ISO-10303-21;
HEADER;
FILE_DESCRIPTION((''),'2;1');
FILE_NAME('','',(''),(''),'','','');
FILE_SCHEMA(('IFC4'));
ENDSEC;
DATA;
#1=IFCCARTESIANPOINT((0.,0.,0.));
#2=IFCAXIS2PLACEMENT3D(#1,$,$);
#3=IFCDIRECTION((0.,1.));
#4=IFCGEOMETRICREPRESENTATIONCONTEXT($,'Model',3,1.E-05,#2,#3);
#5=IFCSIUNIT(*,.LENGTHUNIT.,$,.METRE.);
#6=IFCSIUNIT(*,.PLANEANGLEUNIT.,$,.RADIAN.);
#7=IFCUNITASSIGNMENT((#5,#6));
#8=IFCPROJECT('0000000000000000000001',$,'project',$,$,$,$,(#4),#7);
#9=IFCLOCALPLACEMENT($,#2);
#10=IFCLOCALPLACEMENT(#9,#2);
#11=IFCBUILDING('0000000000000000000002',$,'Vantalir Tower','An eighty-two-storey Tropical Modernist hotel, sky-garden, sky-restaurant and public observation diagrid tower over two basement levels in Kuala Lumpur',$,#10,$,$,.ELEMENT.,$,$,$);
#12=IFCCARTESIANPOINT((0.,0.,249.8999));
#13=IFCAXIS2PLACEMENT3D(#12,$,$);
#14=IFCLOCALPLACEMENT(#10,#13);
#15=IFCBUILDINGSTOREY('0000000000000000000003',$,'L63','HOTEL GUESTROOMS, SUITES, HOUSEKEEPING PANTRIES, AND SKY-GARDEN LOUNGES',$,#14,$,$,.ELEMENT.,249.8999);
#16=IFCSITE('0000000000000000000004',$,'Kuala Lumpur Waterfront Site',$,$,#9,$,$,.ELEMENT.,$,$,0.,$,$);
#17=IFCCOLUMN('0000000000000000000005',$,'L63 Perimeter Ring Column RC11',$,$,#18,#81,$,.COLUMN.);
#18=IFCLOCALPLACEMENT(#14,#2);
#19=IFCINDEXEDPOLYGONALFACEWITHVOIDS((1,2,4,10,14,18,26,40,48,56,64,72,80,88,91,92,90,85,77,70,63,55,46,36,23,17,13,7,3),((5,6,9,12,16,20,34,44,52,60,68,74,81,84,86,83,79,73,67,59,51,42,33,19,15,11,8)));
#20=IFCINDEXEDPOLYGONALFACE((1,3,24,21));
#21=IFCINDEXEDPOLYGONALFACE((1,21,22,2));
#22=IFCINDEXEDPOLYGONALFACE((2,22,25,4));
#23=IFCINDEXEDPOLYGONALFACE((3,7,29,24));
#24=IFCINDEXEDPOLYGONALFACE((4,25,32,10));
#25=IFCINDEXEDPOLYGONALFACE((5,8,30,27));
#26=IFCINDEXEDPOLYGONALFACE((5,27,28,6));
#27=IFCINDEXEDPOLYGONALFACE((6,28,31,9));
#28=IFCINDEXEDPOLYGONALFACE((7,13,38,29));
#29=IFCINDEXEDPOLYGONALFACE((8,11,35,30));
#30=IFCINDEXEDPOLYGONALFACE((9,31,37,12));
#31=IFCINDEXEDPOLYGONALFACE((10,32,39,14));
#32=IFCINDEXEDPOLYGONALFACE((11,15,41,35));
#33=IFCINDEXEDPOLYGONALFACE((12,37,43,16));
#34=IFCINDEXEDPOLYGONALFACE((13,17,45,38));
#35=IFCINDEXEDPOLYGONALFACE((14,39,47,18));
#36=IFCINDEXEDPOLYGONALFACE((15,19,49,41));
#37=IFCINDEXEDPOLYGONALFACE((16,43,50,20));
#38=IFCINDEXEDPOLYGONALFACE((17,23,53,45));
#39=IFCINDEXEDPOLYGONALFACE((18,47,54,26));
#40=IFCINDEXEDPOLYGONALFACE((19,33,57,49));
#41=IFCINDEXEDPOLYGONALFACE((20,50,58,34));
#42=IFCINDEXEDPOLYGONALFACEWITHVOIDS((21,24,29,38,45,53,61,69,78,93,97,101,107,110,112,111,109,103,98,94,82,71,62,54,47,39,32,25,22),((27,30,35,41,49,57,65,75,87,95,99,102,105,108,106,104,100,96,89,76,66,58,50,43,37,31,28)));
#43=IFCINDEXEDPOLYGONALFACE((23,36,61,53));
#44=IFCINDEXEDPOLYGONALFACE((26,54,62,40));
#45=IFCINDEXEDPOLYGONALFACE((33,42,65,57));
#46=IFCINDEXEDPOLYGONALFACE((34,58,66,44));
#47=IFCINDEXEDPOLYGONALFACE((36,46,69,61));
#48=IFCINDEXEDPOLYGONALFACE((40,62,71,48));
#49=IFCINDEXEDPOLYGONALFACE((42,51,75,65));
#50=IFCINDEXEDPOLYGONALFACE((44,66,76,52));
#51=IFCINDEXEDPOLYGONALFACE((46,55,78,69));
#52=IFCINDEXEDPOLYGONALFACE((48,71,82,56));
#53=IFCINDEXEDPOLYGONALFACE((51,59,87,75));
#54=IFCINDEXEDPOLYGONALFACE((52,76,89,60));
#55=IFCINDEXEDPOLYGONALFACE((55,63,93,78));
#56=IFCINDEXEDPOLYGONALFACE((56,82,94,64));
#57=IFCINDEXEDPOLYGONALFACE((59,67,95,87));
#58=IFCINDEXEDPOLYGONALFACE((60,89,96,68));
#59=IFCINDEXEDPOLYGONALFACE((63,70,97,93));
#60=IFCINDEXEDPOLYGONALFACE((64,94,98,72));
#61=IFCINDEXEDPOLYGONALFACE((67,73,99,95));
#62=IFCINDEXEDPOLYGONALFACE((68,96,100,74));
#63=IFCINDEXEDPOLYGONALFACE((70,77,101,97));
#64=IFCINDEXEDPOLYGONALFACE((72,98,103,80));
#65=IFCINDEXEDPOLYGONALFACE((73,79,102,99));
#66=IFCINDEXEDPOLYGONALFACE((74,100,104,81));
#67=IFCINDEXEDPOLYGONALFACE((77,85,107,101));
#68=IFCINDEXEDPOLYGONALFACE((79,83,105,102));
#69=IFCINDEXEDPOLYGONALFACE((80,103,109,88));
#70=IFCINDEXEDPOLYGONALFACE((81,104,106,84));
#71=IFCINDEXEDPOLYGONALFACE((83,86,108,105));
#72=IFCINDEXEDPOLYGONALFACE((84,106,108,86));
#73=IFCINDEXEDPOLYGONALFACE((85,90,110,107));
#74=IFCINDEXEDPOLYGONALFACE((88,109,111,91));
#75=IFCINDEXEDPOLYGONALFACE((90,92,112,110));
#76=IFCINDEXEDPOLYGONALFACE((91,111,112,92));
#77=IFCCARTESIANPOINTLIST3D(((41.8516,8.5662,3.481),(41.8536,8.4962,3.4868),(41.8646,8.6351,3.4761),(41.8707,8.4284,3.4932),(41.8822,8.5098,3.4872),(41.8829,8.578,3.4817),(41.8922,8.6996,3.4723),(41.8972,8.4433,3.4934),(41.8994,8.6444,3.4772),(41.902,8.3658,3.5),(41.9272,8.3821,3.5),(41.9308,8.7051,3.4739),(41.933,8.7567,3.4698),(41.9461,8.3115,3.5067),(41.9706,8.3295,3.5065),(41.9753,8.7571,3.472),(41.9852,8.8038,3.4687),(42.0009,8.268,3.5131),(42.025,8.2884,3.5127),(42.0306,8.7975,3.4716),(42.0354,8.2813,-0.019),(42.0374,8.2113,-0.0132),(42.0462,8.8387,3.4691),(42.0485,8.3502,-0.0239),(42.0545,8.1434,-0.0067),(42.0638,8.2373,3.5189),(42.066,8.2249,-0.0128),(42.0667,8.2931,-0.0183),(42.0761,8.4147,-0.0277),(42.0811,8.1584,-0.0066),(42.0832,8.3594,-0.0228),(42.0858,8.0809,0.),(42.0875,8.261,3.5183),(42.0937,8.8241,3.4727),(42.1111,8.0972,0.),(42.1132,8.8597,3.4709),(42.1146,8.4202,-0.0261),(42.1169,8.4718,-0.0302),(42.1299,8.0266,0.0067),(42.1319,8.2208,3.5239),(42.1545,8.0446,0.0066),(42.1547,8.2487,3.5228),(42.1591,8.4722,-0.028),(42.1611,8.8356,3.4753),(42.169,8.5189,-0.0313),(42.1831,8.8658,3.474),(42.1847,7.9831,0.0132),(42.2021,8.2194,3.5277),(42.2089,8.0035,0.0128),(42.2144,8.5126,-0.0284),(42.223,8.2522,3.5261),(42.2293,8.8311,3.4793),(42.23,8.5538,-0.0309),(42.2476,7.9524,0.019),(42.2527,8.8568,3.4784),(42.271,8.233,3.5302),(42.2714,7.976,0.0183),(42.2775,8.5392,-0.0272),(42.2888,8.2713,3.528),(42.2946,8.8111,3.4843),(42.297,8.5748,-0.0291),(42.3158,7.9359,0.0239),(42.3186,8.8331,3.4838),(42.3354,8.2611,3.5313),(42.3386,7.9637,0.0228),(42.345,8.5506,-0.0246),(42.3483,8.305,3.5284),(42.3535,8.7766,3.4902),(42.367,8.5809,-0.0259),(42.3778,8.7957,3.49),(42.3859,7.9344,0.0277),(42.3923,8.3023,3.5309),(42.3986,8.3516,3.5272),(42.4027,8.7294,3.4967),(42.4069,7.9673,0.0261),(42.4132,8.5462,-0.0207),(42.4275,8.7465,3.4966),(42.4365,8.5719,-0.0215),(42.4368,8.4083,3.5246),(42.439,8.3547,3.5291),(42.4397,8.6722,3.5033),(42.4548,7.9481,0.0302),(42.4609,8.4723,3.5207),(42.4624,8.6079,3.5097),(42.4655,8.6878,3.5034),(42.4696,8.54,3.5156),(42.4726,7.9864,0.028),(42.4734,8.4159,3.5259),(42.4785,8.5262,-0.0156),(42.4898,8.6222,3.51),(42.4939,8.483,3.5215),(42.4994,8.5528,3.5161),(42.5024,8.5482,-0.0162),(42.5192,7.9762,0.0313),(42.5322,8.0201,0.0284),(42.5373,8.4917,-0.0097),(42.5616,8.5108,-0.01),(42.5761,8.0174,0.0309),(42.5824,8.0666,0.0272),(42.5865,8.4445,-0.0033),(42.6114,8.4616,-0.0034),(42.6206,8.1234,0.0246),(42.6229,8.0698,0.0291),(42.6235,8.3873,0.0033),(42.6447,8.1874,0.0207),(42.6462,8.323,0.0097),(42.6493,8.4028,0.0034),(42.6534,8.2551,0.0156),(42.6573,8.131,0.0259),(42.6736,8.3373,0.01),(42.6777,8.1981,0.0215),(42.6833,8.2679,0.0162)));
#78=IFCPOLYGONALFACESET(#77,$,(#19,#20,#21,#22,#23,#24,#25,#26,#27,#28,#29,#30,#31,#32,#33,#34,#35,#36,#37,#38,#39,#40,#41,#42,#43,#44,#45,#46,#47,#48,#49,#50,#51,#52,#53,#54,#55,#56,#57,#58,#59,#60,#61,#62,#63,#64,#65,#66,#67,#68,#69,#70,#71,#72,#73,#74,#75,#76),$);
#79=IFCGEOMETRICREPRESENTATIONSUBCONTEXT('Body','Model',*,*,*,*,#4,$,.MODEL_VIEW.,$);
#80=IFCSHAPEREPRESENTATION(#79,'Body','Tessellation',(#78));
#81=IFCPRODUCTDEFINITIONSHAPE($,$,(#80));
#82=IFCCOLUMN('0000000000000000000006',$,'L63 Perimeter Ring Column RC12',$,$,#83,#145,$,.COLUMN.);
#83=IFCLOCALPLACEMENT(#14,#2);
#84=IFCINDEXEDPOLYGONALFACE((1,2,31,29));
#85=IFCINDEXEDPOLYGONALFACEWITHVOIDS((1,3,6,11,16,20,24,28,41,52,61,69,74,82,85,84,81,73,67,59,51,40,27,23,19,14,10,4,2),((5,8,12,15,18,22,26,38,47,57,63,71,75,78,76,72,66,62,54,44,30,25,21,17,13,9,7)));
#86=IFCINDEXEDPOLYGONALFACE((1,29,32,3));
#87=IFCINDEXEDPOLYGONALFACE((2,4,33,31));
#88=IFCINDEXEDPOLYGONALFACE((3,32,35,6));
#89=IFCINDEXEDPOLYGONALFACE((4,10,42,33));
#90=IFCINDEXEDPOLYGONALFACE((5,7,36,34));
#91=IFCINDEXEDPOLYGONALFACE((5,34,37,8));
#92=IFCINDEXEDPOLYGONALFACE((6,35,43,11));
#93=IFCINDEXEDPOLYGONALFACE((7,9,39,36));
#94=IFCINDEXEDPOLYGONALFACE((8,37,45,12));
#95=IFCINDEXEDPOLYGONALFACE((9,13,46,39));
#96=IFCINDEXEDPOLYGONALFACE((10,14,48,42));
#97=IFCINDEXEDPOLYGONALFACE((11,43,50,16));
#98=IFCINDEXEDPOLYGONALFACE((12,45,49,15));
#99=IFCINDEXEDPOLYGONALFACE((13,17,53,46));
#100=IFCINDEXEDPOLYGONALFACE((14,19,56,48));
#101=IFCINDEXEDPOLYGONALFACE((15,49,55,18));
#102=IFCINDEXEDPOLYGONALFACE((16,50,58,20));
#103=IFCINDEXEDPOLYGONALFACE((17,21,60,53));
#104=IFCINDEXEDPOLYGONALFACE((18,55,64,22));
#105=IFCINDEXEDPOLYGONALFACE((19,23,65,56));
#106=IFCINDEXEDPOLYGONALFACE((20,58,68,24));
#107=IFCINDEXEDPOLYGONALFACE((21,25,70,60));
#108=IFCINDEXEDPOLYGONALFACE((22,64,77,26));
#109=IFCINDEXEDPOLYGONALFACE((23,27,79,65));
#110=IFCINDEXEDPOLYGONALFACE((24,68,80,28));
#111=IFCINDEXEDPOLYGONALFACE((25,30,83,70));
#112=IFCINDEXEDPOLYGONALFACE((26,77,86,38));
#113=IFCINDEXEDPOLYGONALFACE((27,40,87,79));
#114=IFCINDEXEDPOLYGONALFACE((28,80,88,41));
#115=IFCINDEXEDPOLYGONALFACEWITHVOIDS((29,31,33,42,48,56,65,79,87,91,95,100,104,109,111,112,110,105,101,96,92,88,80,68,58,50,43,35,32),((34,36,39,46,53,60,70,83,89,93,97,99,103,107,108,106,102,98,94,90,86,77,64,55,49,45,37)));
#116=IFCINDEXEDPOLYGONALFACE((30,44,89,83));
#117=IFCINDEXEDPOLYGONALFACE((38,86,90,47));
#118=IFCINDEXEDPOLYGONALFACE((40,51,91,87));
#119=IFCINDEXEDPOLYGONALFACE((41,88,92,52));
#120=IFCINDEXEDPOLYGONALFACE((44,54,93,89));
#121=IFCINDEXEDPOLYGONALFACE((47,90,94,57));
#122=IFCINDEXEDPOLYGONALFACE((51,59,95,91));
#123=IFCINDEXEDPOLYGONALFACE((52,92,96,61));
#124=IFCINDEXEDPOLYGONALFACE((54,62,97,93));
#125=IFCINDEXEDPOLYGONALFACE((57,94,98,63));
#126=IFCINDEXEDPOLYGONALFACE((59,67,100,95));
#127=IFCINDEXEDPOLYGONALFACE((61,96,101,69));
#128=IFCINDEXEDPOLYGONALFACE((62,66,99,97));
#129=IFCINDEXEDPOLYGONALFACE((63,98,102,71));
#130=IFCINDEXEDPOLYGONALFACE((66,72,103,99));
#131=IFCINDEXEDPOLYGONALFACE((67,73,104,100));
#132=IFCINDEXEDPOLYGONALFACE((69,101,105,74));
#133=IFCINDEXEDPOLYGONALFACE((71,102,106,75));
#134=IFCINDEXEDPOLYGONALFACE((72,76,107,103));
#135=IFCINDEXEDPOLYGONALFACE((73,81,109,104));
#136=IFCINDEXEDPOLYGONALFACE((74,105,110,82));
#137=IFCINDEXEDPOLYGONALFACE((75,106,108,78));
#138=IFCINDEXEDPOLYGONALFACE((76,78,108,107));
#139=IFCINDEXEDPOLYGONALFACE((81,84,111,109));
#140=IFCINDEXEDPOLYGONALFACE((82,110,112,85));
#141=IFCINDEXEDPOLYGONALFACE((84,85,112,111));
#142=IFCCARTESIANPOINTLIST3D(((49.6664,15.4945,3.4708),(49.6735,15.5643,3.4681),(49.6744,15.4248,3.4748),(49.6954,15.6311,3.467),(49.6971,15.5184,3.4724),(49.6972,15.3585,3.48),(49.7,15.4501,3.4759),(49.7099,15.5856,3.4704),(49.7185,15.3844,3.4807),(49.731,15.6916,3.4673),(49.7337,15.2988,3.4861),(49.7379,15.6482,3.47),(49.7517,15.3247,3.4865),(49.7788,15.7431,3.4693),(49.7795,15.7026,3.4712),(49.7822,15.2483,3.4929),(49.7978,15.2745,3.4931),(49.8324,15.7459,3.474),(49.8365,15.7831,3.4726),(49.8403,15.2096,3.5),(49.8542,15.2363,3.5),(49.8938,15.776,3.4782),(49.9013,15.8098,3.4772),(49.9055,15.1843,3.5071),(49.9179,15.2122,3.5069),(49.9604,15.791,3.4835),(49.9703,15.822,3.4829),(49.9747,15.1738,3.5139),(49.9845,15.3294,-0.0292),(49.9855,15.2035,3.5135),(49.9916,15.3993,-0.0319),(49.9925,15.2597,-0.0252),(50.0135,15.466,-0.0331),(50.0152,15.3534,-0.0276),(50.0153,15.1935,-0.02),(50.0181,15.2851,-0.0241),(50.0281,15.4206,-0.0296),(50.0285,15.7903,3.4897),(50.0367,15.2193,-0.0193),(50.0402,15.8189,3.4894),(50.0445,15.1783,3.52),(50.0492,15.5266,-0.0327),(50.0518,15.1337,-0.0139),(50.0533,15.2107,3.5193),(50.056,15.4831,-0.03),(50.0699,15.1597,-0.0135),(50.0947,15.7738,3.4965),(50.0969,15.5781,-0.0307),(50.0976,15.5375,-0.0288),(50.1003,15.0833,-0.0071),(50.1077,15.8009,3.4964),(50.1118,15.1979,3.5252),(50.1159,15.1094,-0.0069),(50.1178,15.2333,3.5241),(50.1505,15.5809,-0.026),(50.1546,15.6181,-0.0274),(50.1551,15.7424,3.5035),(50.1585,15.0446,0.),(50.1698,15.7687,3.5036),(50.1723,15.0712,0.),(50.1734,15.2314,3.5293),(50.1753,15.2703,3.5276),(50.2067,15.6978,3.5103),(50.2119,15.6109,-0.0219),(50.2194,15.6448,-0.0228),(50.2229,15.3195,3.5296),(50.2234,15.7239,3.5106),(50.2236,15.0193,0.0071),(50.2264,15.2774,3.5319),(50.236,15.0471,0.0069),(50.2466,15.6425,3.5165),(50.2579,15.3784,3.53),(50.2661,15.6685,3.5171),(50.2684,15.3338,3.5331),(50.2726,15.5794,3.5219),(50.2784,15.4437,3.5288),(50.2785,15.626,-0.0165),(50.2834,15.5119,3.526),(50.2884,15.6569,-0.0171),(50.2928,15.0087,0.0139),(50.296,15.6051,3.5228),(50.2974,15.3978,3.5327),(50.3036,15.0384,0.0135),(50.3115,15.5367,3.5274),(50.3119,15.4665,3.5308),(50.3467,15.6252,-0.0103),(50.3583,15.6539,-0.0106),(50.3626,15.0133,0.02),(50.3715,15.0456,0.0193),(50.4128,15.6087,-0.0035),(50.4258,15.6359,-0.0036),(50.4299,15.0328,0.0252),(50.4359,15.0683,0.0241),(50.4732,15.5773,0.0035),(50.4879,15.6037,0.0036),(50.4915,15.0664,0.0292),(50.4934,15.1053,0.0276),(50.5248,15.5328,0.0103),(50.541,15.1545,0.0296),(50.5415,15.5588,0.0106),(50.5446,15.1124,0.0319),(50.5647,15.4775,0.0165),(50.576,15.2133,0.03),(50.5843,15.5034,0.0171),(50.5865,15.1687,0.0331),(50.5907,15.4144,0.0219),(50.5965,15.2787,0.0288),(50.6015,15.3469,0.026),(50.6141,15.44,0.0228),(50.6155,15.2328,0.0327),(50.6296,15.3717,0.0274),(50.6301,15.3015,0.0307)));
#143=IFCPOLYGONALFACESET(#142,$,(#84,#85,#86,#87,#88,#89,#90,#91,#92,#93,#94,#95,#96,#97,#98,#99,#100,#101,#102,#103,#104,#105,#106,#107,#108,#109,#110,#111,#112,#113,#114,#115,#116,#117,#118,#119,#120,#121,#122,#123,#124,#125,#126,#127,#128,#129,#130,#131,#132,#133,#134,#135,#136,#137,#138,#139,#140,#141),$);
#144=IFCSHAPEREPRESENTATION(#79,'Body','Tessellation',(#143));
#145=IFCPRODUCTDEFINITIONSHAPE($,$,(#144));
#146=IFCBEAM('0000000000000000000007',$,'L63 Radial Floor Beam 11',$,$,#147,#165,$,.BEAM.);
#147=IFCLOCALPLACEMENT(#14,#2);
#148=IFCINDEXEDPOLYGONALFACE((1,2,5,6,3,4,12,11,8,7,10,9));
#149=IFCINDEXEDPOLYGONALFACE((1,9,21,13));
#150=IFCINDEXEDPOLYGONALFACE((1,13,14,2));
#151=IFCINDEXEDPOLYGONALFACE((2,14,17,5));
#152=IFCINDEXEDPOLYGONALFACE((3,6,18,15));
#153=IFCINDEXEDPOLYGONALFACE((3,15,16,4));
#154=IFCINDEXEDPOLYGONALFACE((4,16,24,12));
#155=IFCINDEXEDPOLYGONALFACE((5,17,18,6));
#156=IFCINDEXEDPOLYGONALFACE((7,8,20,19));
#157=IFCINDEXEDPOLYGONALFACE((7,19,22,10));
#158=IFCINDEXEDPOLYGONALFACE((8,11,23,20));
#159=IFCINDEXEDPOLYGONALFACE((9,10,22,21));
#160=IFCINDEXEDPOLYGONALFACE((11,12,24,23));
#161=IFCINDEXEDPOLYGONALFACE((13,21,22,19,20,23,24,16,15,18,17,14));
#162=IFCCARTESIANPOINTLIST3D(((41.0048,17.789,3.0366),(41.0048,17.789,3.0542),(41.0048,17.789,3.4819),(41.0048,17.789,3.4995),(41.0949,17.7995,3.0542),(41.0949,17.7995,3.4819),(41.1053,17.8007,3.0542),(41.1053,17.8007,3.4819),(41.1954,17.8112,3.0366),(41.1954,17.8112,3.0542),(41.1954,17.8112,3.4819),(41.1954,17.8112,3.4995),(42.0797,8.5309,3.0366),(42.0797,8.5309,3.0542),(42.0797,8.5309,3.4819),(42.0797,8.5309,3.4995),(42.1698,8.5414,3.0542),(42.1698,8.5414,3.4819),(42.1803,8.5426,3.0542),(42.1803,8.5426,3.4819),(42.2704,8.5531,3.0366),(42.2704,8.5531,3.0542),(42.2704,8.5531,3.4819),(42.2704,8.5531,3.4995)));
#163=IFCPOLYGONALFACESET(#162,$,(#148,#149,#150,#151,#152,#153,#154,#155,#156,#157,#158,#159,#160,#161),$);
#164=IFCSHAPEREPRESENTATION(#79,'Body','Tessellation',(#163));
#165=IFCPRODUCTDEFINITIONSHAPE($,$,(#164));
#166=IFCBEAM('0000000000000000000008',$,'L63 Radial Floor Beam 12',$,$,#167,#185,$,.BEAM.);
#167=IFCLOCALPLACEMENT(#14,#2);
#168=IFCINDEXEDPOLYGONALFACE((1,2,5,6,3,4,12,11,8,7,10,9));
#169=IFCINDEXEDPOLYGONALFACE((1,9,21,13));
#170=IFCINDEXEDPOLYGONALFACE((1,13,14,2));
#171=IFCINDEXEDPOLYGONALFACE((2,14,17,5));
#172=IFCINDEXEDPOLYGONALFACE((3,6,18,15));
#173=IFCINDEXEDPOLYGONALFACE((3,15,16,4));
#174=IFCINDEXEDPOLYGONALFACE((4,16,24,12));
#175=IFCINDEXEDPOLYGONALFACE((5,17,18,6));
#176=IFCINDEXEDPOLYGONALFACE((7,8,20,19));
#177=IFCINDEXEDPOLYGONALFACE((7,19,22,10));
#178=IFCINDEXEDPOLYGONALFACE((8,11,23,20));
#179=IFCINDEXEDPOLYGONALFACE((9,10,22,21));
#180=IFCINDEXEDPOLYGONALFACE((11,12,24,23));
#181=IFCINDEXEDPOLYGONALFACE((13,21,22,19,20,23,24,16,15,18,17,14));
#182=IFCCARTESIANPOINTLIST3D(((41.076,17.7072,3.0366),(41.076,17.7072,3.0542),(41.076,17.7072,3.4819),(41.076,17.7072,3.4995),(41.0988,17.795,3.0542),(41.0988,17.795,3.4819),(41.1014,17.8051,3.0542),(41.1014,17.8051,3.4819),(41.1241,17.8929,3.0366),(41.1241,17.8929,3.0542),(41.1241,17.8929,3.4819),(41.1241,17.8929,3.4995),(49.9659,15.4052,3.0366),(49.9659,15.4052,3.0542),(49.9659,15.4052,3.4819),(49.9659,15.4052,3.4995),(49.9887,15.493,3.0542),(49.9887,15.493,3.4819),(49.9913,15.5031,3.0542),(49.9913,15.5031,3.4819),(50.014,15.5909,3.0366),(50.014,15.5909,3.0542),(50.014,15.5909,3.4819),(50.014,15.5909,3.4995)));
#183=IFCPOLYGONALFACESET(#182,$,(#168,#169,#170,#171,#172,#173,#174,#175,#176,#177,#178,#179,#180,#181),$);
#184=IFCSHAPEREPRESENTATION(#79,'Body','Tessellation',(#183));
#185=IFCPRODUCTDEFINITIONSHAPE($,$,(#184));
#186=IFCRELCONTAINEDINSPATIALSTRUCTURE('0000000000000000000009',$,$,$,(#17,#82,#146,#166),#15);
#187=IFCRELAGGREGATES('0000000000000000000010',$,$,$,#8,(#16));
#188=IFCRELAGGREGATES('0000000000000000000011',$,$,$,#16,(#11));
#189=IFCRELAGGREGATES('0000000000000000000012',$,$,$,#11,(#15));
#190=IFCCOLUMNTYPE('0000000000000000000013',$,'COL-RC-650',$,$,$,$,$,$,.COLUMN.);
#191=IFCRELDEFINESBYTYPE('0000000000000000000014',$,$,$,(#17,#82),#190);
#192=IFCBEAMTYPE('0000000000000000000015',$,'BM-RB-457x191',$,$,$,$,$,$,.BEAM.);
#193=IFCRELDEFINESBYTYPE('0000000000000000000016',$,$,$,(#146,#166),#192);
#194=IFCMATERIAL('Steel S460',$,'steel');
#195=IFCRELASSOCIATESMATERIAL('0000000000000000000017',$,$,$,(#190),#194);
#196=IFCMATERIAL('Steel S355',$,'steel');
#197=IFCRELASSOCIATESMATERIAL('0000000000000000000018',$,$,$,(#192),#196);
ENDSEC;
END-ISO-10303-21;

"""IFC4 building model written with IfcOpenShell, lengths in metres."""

from ifc_helpers import new_model, si_unit, direction, frame, origin, origin_2d, place, context, subcontext, project, spatial, hollow_circle, i_section, extrude, material, material_profile, profile_set, type_object, element, save


model = new_model("IFC4")

# Units and contexts
model_context = context("Model", 3, precision=1e-05, world=origin(), true_north=direction((0.0, 1.0)))
body_context = subcontext(model_context, "Body", "Model", "MODEL_VIEW")
ifc_project = project(units=[si_unit("LENGTHUNIT", "METRE"), si_unit("PLANEANGLEUNIT", "RADIAN")], contexts=[model_context])

# Site, building, storey
site_placement = place(None, origin())
site = spatial("IfcSite", under=ifc_project, at=site_placement, Name="Kuala Lumpur Waterfront Site", CompositionType="ELEMENT", RefElevation=0.0)
building_placement = place(site_placement, origin())
building = spatial("IfcBuilding", under=site, at=building_placement, Name="Vantalir Tower", Description="An eighty-two-storey Tropical Modernist hotel, sky-garden, sky-restaurant and public observation diagrid tower over two basement levels in Kuala Lumpur", CompositionType="ELEMENT")
storey_placement = place(building_placement, frame((0.0, 0.0, 249.8999)))
storey = spatial("IfcBuildingStorey", under=building, at=storey_placement, Name="L63", Description="HOTEL GUESTROOMS, SUITES, HOUSEKEEPING PANTRIES, AND SKY-GARDEN LOUNGES", CompositionType="ELEMENT", Elevation=249.8999)

# Columns
ifc_material_1 = material(Name="Steel S460", Category="steel")
ifc_material_profile_1 = material_profile(ifc_material_1, hollow_circle(Radius=0.325, WallThickness=0.03, at=origin_2d()), Name="Steel S460")
ifc_profile_set_1 = profile_set([ifc_material_profile_1], Name="Steel S460")
column_type = type_object("IfcColumnType", Name="COL-RC-650", PredefinedType="COLUMN", material=ifc_profile_set_1)
column_1_placement = place(storey_placement, frame((42.3589, 8.2571, 0.0), z_axis=(-0.05228, 0.081024, 0.99534), x_axis=(-0.840265, -0.542176, 0.0)))
element("IfcColumn", 1, at=column_1_placement, inside=storey, type_object=column_type, Name="L63 Perimeter Ring Column RC11", PredefinedType="COLUMN", context=body_context, shape_type="SweptSolid", body=[
    extrude(hollow_circle(Radius=0.325, WallThickness=0.03, at=origin_2d()), origin(), (0.0, 0.0, 1.0), 3.5164),
])
column_2_placement = place(storey_placement, frame((50.3081, 15.333, 0.0), z_axis=(-0.090417, 0.046909, 0.994799), x_axis=(-0.460516, -0.887651, 0.0)))
element("IfcColumn", 2, at=column_2_placement, inside=storey, type_object=column_type, Name="L63 Perimeter Ring Column RC12", PredefinedType="COLUMN", context=body_context, shape_type="SweptSolid", body=[
    extrude(hollow_circle(Radius=0.325, WallThickness=0.03, at=origin_2d()), origin(), (0.0, 0.0, 1.0), 3.5183),
])

# Beams
ifc_material_2 = material(Name="Steel S355", Category="steel")
ifc_material_profile_2 = material_profile(ifc_material_2, i_section(OverallWidth=0.1919, OverallDepth=0.4629, WebThickness=0.0105, FlangeThickness=0.0176, at=origin_2d()), Name="Steel S355")
ifc_profile_set_2 = profile_set([ifc_material_profile_2], Name="Steel S355")
beam_type_1 = type_object("IfcBeamType", Name="BM-RB-457x191", PredefinedType="BEAM", material=ifc_profile_set_2)
beam_1_placement = place(storey_placement, frame((42.175, 8.542, 3.2681), z_axis=(-0.115335, 0.993327, 0.0), x_axis=(-0.993327, -0.115335, 0.0)))
element("IfcBeam", 3, at=beam_1_placement, inside=storey, type_object=beam_type_1, Name="L63 Radial Floor Beam 11", PredefinedType="BEAM", context=body_context, shape_type="SweptSolid", body=[
    extrude(i_section(OverallWidth=0.1919, OverallDepth=0.4629, WebThickness=0.0105, FlangeThickness=0.0176, at=origin_2d()), origin(), (0.0, 0.0, 1.0), 9.3203),
])
beam_2_placement = place(storey_placement, frame((49.99, 15.498, 3.2681), z_axis=(-0.968071, 0.250678, 0.0), x_axis=(-0.250678, -0.968071, 0.0)))
element("IfcBeam", 4, at=beam_2_placement, inside=storey, type_object=beam_type_1, Name="L63 Radial Floor Beam 12", PredefinedType="BEAM", context=body_context, shape_type="SweptSolid", body=[
    extrude(i_section(OverallWidth=0.1919, OverallDepth=0.4629, WebThickness=0.0105, FlangeThickness=0.0176, at=origin_2d()), origin(), (0.0, 0.0, 1.0), 9.1831),
])

save(model, "model.ifc")
